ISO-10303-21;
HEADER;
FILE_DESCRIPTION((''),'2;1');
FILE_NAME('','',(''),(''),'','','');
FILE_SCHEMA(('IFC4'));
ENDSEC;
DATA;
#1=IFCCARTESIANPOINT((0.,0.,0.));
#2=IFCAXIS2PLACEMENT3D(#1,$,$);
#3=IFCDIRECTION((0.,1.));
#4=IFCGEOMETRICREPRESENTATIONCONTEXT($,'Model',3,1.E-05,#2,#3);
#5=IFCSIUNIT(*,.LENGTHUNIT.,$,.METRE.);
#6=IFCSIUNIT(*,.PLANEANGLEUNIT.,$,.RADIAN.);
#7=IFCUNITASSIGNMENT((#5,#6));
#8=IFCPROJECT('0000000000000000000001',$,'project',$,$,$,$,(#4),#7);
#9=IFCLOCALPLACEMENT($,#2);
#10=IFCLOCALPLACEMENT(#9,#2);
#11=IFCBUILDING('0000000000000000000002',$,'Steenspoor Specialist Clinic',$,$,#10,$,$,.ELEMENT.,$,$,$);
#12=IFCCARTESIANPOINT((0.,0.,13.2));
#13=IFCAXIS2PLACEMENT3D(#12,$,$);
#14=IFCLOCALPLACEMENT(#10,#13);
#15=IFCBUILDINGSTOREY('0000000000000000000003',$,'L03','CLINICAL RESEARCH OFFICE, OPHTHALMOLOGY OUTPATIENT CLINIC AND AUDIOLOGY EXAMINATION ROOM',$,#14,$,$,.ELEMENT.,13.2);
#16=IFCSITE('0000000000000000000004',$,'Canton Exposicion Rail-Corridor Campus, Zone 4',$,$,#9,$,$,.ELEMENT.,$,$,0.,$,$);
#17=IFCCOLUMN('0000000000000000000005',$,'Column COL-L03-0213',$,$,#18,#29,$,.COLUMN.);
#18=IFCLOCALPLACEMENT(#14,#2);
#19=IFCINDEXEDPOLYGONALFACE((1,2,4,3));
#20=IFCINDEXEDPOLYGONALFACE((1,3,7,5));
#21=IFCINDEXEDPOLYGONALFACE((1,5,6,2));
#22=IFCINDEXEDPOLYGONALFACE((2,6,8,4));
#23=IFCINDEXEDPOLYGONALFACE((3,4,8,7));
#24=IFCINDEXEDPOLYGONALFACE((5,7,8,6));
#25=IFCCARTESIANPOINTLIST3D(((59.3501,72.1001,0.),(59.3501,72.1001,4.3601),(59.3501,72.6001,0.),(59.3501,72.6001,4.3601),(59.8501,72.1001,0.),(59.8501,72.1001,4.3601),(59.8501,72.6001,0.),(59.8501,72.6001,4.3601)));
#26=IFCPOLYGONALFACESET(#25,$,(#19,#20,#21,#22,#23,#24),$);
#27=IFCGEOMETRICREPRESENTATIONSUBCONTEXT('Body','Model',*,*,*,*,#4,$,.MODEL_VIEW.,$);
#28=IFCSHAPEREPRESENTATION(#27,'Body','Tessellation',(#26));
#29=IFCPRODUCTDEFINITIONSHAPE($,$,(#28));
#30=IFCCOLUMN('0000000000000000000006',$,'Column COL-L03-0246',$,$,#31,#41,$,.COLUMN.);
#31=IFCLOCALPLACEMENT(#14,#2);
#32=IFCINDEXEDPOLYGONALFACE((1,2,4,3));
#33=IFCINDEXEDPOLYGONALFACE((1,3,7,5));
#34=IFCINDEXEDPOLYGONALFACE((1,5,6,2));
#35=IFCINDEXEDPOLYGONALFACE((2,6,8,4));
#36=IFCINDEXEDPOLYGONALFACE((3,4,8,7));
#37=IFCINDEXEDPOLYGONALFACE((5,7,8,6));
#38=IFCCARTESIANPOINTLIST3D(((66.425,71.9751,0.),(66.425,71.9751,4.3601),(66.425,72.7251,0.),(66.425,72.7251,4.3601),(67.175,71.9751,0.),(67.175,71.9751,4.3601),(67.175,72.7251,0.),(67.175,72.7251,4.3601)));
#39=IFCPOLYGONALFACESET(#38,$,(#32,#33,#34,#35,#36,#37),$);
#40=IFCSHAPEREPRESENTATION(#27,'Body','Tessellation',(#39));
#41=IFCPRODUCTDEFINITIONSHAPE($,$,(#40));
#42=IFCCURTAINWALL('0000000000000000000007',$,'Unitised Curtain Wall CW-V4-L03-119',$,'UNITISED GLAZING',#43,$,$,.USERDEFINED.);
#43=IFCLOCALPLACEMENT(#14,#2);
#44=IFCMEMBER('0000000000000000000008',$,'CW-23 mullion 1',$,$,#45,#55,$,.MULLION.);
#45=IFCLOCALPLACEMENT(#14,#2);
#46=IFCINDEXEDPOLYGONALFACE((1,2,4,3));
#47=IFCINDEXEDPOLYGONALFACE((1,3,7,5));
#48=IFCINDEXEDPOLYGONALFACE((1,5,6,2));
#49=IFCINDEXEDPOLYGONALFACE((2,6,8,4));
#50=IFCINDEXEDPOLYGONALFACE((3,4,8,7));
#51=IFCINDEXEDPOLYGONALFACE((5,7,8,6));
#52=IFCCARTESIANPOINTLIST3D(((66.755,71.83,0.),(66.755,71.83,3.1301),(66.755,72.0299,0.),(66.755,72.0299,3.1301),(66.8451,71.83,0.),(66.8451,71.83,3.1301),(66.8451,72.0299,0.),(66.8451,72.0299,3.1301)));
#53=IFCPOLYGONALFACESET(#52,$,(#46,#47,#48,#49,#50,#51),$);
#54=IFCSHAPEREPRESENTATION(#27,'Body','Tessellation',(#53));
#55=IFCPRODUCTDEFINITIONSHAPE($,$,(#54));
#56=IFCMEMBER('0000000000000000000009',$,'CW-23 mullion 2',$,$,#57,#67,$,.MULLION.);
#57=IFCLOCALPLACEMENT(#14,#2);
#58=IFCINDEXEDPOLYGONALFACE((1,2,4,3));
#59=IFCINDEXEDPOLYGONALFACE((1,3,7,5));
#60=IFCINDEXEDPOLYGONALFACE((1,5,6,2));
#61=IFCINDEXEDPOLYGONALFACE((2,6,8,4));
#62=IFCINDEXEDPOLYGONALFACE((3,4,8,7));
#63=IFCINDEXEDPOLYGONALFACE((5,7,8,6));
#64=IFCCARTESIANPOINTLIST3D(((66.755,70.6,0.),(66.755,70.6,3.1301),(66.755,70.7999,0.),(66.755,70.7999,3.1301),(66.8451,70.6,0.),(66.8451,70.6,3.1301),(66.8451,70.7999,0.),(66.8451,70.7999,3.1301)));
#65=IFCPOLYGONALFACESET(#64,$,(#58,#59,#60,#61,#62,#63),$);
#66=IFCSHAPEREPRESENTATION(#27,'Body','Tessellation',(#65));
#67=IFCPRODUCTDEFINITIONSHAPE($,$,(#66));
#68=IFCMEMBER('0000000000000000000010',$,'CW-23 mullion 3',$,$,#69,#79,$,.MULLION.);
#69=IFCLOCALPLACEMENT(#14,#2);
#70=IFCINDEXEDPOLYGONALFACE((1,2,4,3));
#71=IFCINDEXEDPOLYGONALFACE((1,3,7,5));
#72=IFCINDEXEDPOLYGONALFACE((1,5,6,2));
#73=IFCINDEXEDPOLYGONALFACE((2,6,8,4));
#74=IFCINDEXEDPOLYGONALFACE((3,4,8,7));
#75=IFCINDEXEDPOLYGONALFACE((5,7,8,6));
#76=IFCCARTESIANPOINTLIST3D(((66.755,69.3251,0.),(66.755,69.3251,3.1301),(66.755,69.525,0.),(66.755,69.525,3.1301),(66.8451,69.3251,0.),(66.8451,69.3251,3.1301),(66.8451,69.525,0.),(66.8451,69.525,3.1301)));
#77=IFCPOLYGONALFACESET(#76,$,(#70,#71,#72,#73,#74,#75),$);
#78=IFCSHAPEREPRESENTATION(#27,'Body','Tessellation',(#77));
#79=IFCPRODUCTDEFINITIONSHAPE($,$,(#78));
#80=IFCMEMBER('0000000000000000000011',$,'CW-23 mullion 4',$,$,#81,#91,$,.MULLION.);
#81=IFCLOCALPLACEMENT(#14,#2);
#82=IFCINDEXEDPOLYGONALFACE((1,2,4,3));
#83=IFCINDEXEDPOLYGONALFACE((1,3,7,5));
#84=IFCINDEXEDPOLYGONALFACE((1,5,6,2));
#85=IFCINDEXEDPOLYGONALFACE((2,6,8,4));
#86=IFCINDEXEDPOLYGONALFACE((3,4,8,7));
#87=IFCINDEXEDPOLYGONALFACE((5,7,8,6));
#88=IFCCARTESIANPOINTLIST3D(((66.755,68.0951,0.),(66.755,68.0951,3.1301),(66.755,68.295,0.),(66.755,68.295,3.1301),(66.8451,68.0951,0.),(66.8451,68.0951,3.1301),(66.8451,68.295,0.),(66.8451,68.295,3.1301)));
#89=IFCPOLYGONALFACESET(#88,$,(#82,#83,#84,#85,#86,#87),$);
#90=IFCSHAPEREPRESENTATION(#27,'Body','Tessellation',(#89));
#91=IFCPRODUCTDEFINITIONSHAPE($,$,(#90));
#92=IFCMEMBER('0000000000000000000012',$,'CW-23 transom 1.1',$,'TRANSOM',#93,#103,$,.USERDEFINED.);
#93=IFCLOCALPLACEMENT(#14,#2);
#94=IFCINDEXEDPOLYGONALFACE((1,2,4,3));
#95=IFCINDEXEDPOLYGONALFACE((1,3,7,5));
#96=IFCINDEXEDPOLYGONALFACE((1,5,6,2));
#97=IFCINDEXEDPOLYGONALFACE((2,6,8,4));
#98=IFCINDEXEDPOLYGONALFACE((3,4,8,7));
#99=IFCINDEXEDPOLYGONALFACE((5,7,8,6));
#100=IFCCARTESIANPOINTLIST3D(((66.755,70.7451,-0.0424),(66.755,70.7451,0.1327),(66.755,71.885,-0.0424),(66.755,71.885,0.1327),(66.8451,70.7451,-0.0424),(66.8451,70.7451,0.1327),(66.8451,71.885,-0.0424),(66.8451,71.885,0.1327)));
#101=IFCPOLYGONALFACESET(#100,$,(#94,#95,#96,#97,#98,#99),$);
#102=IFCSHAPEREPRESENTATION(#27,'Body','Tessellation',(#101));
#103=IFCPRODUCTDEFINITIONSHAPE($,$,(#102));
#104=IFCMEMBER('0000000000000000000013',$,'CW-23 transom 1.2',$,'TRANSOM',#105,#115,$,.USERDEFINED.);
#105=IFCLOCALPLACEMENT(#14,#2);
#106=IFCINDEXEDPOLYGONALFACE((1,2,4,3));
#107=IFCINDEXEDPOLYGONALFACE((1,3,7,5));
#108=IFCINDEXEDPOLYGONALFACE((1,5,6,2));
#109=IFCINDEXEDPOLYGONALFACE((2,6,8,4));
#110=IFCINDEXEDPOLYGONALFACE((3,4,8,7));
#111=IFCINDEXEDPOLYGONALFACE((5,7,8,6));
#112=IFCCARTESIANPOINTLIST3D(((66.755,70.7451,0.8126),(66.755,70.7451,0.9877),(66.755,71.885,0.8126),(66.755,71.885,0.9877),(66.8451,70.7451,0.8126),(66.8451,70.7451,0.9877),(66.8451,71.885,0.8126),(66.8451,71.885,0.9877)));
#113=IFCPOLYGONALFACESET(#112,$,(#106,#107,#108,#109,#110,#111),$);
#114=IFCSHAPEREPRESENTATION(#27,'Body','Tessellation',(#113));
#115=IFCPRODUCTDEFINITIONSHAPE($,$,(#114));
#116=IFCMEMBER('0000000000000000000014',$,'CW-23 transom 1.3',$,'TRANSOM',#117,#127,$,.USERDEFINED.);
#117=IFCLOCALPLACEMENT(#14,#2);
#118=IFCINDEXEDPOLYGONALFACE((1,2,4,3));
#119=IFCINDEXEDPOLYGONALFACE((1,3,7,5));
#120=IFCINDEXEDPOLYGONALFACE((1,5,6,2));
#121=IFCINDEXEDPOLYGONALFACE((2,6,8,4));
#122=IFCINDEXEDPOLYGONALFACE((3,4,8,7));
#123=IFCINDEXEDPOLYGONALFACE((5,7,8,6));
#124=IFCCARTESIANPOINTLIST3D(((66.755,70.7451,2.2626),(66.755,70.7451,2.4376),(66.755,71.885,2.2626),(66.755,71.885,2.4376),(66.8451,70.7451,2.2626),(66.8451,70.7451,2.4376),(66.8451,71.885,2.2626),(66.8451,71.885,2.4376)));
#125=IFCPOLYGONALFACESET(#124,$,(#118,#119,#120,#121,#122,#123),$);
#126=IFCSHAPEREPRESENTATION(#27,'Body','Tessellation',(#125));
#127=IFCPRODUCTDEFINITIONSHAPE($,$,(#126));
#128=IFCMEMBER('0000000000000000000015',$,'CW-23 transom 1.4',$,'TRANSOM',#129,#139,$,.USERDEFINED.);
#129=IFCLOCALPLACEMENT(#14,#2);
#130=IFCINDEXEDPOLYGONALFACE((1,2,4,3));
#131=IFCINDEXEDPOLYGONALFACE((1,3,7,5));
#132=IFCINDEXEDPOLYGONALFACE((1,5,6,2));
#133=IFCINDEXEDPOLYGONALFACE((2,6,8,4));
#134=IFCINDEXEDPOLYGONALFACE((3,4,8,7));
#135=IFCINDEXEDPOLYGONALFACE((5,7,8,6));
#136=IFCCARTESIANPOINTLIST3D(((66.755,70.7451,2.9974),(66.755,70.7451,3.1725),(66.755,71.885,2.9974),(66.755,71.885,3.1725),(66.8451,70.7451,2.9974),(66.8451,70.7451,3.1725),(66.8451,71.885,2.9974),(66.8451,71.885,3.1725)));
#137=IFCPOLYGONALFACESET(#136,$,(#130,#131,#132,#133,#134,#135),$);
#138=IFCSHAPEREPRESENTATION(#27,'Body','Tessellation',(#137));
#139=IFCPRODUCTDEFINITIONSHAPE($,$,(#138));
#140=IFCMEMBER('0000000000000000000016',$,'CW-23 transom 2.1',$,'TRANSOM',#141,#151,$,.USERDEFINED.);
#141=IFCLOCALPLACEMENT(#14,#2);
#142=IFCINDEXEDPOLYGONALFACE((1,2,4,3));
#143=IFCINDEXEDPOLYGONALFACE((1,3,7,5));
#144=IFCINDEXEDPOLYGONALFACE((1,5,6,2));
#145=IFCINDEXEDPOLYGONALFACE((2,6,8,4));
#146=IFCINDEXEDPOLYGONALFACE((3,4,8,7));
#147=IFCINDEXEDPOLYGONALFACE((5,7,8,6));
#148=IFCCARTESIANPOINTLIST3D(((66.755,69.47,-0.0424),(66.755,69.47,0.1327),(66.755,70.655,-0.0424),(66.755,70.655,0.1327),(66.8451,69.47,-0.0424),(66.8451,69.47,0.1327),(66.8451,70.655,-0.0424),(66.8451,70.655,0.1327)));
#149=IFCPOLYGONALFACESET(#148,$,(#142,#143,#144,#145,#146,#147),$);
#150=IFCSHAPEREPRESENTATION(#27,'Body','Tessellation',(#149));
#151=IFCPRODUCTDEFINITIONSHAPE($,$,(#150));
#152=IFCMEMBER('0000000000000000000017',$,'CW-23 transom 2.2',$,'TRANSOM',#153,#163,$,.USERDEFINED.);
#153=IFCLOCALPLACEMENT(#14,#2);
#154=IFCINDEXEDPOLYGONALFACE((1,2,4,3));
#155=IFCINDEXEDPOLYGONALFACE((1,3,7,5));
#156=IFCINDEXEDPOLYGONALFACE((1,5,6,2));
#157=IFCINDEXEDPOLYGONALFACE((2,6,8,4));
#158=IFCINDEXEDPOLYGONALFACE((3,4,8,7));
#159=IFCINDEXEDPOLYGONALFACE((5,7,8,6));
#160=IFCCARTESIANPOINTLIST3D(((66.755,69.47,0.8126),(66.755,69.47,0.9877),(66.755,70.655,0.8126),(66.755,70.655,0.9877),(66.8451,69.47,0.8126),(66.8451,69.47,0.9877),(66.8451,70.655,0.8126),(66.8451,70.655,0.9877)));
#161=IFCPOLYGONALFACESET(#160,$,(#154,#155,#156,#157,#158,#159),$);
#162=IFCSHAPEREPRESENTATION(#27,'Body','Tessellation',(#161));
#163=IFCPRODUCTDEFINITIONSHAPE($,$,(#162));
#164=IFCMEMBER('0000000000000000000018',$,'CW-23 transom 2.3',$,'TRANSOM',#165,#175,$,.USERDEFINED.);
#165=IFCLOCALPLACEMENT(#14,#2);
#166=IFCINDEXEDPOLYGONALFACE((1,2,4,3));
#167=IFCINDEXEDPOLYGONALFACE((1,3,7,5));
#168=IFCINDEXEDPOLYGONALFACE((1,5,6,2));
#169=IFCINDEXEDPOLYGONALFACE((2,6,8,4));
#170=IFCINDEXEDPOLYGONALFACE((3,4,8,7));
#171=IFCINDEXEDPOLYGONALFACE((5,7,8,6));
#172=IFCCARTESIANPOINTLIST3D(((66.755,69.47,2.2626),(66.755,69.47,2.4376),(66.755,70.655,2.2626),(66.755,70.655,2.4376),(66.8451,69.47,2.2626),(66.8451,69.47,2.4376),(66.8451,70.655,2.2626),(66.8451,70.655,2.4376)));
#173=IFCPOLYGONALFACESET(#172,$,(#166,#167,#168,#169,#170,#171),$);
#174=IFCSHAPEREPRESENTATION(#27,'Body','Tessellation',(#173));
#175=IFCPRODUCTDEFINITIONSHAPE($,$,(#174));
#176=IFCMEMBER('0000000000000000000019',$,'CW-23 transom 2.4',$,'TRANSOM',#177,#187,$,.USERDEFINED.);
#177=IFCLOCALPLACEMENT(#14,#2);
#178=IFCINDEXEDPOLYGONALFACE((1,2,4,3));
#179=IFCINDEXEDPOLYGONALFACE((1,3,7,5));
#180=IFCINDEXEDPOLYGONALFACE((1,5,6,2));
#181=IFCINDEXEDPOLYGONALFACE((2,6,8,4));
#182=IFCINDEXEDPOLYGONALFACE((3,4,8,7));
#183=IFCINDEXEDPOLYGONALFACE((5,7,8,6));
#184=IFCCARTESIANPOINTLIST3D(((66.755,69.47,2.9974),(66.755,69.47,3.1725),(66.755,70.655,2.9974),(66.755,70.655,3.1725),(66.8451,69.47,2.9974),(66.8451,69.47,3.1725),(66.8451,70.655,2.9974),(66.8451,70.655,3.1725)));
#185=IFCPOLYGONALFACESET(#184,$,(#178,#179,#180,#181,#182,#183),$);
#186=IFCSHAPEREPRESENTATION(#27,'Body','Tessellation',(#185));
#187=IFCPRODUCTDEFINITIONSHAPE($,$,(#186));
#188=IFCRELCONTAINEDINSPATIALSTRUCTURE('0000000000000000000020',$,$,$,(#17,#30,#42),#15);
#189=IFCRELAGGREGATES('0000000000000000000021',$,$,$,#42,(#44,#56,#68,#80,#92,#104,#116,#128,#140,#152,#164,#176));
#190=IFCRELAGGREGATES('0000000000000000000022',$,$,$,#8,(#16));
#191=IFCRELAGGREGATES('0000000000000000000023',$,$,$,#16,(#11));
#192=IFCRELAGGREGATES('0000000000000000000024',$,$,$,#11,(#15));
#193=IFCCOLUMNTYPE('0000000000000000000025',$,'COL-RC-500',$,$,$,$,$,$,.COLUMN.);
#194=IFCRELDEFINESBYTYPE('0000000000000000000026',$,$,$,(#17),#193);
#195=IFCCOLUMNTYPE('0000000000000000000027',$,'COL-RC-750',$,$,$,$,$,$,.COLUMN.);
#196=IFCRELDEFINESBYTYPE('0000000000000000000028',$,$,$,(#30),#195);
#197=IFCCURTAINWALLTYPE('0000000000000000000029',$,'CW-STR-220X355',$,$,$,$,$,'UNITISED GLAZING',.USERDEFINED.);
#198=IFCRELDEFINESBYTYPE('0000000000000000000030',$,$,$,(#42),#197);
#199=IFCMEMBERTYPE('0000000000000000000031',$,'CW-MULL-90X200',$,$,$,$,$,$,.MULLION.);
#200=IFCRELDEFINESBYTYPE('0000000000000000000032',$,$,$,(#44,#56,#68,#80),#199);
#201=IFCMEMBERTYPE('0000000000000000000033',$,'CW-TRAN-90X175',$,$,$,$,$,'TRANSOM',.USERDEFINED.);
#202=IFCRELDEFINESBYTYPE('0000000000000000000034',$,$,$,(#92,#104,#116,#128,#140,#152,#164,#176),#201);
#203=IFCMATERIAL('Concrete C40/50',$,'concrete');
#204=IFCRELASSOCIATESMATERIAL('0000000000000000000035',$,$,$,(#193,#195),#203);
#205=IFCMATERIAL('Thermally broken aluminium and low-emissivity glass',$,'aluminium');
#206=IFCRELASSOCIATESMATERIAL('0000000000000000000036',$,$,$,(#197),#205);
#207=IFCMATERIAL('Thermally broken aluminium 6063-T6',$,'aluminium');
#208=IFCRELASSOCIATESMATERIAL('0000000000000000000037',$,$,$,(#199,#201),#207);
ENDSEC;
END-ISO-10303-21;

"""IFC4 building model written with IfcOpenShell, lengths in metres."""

from ifc_helpers import new_model, si_unit, direction, frame, origin, origin_2d, place, context, subcontext, project, spatial, rectangle, extrude, material, material_profile, profile_set, type_object, element, aggregate, save


model = new_model("IFC4")

# Units and contexts
model_context = context("Model", 3, precision=1e-05, world=origin(), true_north=direction((0.0, 1.0)))
body_context = subcontext(model_context, "Body", "Model", "MODEL_VIEW")
ifc_project = project(units=[si_unit("LENGTHUNIT", "METRE"), si_unit("PLANEANGLEUNIT", "RADIAN")], contexts=[model_context])

# Site, building, storey
site_placement = place(None, origin())
site = spatial("IfcSite", under=ifc_project, at=site_placement, Name="Canton Exposicion Rail-Corridor Campus, Zone 4", CompositionType="ELEMENT", RefElevation=0.0)
building_placement = place(site_placement, origin())
building = spatial("IfcBuilding", under=site, at=building_placement, Name="Steenspoor Specialist Clinic", CompositionType="ELEMENT")
storey_placement = place(building_placement, frame((0.0, 0.0, 13.2)))
storey = spatial("IfcBuildingStorey", under=building, at=storey_placement, Name="L03", Description="CLINICAL RESEARCH OFFICE, OPHTHALMOLOGY OUTPATIENT CLINIC AND AUDIOLOGY EXAMINATION ROOM", CompositionType="ELEMENT", Elevation=13.2)

# Columns
ifc_material_1 = material(Name="Concrete C40/50", Category="concrete")
ifc_material_profile_1 = material_profile(ifc_material_1, rectangle(XDim=0.5, YDim=0.5, at=origin_2d()), Name="RC-COL-500X500")
ifc_profile_set_1 = profile_set([ifc_material_profile_1], Name="Concrete C40/50")
column_type_1 = type_object("IfcColumnType", Name="COL-RC-500", PredefinedType="COLUMN", material=ifc_profile_set_1)
column_1_placement = place(storey_placement, frame((59.6001, 72.3501, 0.0), z_axis=(0.0, 0.0, 1.0), x_axis=(1.0, 0.0, 0.0)))
element("IfcColumn", 1, at=column_1_placement, inside=storey, type_object=column_type_1, Name="Column COL-L03-0213", PredefinedType="COLUMN", context=body_context, shape_type="SweptSolid", body=[
    extrude(rectangle(XDim=0.5, YDim=0.5, at=origin_2d()), origin(), (0.0, 0.0, 1.0), 4.3601),
])
ifc_material_profile_2 = material_profile(ifc_material_1, rectangle(XDim=0.75, YDim=0.75, at=origin_2d()), Name="RC-COL-750X750")
ifc_profile_set_2 = profile_set([ifc_material_profile_2], Name="Concrete C40/50")
column_type_2 = type_object("IfcColumnType", Name="COL-RC-750", PredefinedType="COLUMN", material=ifc_profile_set_2)
column_2_placement = place(storey_placement, frame((66.8, 72.3501, 0.0), z_axis=(0.0, 0.0, 1.0), x_axis=(1.0, 0.0, 0.0)))
element("IfcColumn", 2, at=column_2_placement, inside=storey, type_object=column_type_2, Name="Column COL-L03-0246", PredefinedType="COLUMN", context=body_context, shape_type="SweptSolid", body=[
    extrude(rectangle(XDim=0.75, YDim=0.75, at=origin_2d()), origin(), (0.0, 0.0, 1.0), 4.3601),
])

# Curtain wall, members
ifc_material_2 = material(Name="Thermally broken aluminium and low-emissivity glass", Category="aluminium")
curtain_wall_type = type_object("IfcCurtainWallType", Name="CW-STR-220X355", ElementType="UNITISED GLAZING", PredefinedType="USERDEFINED", material=ifc_material_2)
curtain_wall_placement = place(storey_placement, origin())
curtain_wall = element("IfcCurtainWall", 3, at=curtain_wall_placement, inside=storey, type_object=curtain_wall_type, Name="Unitised Curtain Wall CW-V4-L03-119", ObjectType="UNITISED GLAZING", PredefinedType="USERDEFINED")
ifc_material_3 = material(Name="Thermally broken aluminium 6063-T6", Category="aluminium")
ifc_material_profile_3 = material_profile(ifc_material_3, rectangle(XDim=0.0901, YDim=0.2, at=origin_2d()), Name="CWM-90X200")
ifc_profile_set_3 = profile_set([ifc_material_profile_3], Name="Thermally broken aluminium 6063-T6")
member_type_1 = type_object("IfcMemberType", Name="CW-MULL-90X200", PredefinedType="MULLION", material=ifc_profile_set_3)
member_1_placement = place(storey_placement, frame((66.8, 71.9299, 0.0), z_axis=(0.0, 0.0, 1.0), x_axis=(1.0, 0.0, 0.0)))
member_1 = element("IfcMember", 4, at=member_1_placement, type_object=member_type_1, Name="CW-23 mullion 1", PredefinedType="MULLION", context=body_context, shape_type="SweptSolid", body=[
    extrude(rectangle(XDim=0.0901, YDim=0.2, at=origin_2d()), origin(), (0.0, 0.0, 1.0), 3.1301),
])
member_2_placement = place(storey_placement, frame((66.8, 70.7, 0.0), z_axis=(0.0, 0.0, 1.0), x_axis=(1.0, 0.0, 0.0)))
member_2 = element("IfcMember", 5, at=member_2_placement, type_object=member_type_1, Name="CW-23 mullion 2", PredefinedType="MULLION", context=body_context, shape_type="SweptSolid", body=[
    extrude(rectangle(XDim=0.0901, YDim=0.2, at=origin_2d()), origin(), (0.0, 0.0, 1.0), 3.1301),
])
member_3_placement = place(storey_placement, frame((66.8, 69.425, 0.0), z_axis=(0.0, 0.0, 1.0), x_axis=(1.0, 0.0, 0.0)))
member_3 = element("IfcMember", 6, at=member_3_placement, type_object=member_type_1, Name="CW-23 mullion 3", PredefinedType="MULLION", context=body_context, shape_type="SweptSolid", body=[
    extrude(rectangle(XDim=0.0901, YDim=0.2, at=origin_2d()), origin(), (0.0, 0.0, 1.0), 3.1301),
])
member_4_placement = place(storey_placement, frame((66.8, 68.1951, 0.0), z_axis=(0.0, 0.0, 1.0), x_axis=(1.0, 0.0, 0.0)))
member_4 = element("IfcMember", 7, at=member_4_placement, type_object=member_type_1, Name="CW-23 mullion 4", PredefinedType="MULLION", context=body_context, shape_type="SweptSolid", body=[
    extrude(rectangle(XDim=0.0901, YDim=0.2, at=origin_2d()), origin(), (0.0, 0.0, 1.0), 3.1301),
])
ifc_material_profile_4 = material_profile(ifc_material_3, rectangle(XDim=0.0901, YDim=0.175, at=origin_2d()), Name="CWT-90X175")
ifc_profile_set_4 = profile_set([ifc_material_profile_4], Name="Thermally broken aluminium 6063-T6")
member_type_2 = type_object("IfcMemberType", Name="CW-TRAN-90X175", ElementType="TRANSOM", PredefinedType="USERDEFINED", material=ifc_profile_set_4)
member_5_placement = place(storey_placement, frame((66.8, 71.885, 0.0452), z_axis=(0.0, -1.0, 0.0), x_axis=(1.0, 0.0, 0.0)))
member_5 = element("IfcMember", 8, at=member_5_placement, type_object=member_type_2, Name="CW-23 transom 1.1", ObjectType="TRANSOM", PredefinedType="USERDEFINED", context=body_context, shape_type="SweptSolid", body=[
    extrude(rectangle(XDim=0.0901, YDim=0.175, at=origin_2d()), origin(), (0.0, 0.0, 1.0), 1.1399),
])
member_6_placement = place(storey_placement, frame((66.8, 71.885, 0.9001), z_axis=(0.0, -1.0, 0.0), x_axis=(1.0, 0.0, 0.0)))
member_6 = element("IfcMember", 9, at=member_6_placement, type_object=member_type_2, Name="CW-23 transom 1.2", ObjectType="TRANSOM", PredefinedType="USERDEFINED", context=body_context, shape_type="SweptSolid", body=[
    extrude(rectangle(XDim=0.0901, YDim=0.175, at=origin_2d()), origin(), (0.0, 0.0, 1.0), 1.1399),
])
member_7_placement = place(storey_placement, frame((66.8, 71.885, 2.3501), z_axis=(0.0, -1.0, 0.0), x_axis=(1.0, 0.0, 0.0)))
member_7 = element("IfcMember", 10, at=member_7_placement, type_object=member_type_2, Name="CW-23 transom 1.3", ObjectType="TRANSOM", PredefinedType="USERDEFINED", context=body_context, shape_type="SweptSolid", body=[
    extrude(rectangle(XDim=0.0901, YDim=0.175, at=origin_2d()), origin(), (0.0, 0.0, 1.0), 1.1399),
])
member_8_placement = place(storey_placement, frame((66.8, 71.885, 3.085), z_axis=(0.0, -1.0, 0.0), x_axis=(1.0, 0.0, 0.0)))
member_8 = element("IfcMember", 11, at=member_8_placement, type_object=member_type_2, Name="CW-23 transom 1.4", ObjectType="TRANSOM", PredefinedType="USERDEFINED", context=body_context, shape_type="SweptSolid", body=[
    extrude(rectangle(XDim=0.0901, YDim=0.175, at=origin_2d()), origin(), (0.0, 0.0, 1.0), 1.1399),
])
member_9_placement = place(storey_placement, frame((66.8, 70.655, 0.0452), z_axis=(0.0, -1.0, 0.0), x_axis=(1.0, 0.0, 0.0)))
member_9 = element("IfcMember", 12, at=member_9_placement, type_object=member_type_2, Name="CW-23 transom 2.1", ObjectType="TRANSOM", PredefinedType="USERDEFINED", context=body_context, shape_type="SweptSolid", body=[
    extrude(rectangle(XDim=0.0901, YDim=0.175, at=origin_2d()), origin(), (0.0, 0.0, 1.0), 1.1851),
])
member_10_placement = place(storey_placement, frame((66.8, 70.655, 0.9001), z_axis=(0.0, -1.0, 0.0), x_axis=(1.0, 0.0, 0.0)))
member_10 = element("IfcMember", 13, at=member_10_placement, type_object=member_type_2, Name="CW-23 transom 2.2", ObjectType="TRANSOM", PredefinedType="USERDEFINED", context=body_context, shape_type="SweptSolid", body=[
    extrude(rectangle(XDim=0.0901, YDim=0.175, at=origin_2d()), origin(), (0.0, 0.0, 1.0), 1.1851),
])
member_11_placement = place(storey_placement, frame((66.8, 70.655, 2.3501), z_axis=(0.0, -1.0, 0.0), x_axis=(1.0, 0.0, 0.0)))
member_11 = element("IfcMember", 14, at=member_11_placement, type_object=member_type_2, Name="CW-23 transom 2.3", ObjectType="TRANSOM", PredefinedType="USERDEFINED", context=body_context, shape_type="SweptSolid", body=[
    extrude(rectangle(XDim=0.0901, YDim=0.175, at=origin_2d()), origin(), (0.0, 0.0, 1.0), 1.1851),
])
member_12_placement = place(storey_placement, frame((66.8, 70.655, 3.085), z_axis=(0.0, -1.0, 0.0), x_axis=(1.0, 0.0, 0.0)))
member_12 = element("IfcMember", 15, at=member_12_placement, type_object=member_type_2, Name="CW-23 transom 2.4", ObjectType="TRANSOM", PredefinedType="USERDEFINED", context=body_context, shape_type="SweptSolid", body=[
    extrude(rectangle(XDim=0.0901, YDim=0.175, at=origin_2d()), origin(), (0.0, 0.0, 1.0), 1.1851),
])

aggregate(curtain_wall, [member_1, member_2, member_3, member_4, member_5, member_6, member_7, member_8, member_9, member_10, member_11, member_12])

save(model, "model.ifc")
